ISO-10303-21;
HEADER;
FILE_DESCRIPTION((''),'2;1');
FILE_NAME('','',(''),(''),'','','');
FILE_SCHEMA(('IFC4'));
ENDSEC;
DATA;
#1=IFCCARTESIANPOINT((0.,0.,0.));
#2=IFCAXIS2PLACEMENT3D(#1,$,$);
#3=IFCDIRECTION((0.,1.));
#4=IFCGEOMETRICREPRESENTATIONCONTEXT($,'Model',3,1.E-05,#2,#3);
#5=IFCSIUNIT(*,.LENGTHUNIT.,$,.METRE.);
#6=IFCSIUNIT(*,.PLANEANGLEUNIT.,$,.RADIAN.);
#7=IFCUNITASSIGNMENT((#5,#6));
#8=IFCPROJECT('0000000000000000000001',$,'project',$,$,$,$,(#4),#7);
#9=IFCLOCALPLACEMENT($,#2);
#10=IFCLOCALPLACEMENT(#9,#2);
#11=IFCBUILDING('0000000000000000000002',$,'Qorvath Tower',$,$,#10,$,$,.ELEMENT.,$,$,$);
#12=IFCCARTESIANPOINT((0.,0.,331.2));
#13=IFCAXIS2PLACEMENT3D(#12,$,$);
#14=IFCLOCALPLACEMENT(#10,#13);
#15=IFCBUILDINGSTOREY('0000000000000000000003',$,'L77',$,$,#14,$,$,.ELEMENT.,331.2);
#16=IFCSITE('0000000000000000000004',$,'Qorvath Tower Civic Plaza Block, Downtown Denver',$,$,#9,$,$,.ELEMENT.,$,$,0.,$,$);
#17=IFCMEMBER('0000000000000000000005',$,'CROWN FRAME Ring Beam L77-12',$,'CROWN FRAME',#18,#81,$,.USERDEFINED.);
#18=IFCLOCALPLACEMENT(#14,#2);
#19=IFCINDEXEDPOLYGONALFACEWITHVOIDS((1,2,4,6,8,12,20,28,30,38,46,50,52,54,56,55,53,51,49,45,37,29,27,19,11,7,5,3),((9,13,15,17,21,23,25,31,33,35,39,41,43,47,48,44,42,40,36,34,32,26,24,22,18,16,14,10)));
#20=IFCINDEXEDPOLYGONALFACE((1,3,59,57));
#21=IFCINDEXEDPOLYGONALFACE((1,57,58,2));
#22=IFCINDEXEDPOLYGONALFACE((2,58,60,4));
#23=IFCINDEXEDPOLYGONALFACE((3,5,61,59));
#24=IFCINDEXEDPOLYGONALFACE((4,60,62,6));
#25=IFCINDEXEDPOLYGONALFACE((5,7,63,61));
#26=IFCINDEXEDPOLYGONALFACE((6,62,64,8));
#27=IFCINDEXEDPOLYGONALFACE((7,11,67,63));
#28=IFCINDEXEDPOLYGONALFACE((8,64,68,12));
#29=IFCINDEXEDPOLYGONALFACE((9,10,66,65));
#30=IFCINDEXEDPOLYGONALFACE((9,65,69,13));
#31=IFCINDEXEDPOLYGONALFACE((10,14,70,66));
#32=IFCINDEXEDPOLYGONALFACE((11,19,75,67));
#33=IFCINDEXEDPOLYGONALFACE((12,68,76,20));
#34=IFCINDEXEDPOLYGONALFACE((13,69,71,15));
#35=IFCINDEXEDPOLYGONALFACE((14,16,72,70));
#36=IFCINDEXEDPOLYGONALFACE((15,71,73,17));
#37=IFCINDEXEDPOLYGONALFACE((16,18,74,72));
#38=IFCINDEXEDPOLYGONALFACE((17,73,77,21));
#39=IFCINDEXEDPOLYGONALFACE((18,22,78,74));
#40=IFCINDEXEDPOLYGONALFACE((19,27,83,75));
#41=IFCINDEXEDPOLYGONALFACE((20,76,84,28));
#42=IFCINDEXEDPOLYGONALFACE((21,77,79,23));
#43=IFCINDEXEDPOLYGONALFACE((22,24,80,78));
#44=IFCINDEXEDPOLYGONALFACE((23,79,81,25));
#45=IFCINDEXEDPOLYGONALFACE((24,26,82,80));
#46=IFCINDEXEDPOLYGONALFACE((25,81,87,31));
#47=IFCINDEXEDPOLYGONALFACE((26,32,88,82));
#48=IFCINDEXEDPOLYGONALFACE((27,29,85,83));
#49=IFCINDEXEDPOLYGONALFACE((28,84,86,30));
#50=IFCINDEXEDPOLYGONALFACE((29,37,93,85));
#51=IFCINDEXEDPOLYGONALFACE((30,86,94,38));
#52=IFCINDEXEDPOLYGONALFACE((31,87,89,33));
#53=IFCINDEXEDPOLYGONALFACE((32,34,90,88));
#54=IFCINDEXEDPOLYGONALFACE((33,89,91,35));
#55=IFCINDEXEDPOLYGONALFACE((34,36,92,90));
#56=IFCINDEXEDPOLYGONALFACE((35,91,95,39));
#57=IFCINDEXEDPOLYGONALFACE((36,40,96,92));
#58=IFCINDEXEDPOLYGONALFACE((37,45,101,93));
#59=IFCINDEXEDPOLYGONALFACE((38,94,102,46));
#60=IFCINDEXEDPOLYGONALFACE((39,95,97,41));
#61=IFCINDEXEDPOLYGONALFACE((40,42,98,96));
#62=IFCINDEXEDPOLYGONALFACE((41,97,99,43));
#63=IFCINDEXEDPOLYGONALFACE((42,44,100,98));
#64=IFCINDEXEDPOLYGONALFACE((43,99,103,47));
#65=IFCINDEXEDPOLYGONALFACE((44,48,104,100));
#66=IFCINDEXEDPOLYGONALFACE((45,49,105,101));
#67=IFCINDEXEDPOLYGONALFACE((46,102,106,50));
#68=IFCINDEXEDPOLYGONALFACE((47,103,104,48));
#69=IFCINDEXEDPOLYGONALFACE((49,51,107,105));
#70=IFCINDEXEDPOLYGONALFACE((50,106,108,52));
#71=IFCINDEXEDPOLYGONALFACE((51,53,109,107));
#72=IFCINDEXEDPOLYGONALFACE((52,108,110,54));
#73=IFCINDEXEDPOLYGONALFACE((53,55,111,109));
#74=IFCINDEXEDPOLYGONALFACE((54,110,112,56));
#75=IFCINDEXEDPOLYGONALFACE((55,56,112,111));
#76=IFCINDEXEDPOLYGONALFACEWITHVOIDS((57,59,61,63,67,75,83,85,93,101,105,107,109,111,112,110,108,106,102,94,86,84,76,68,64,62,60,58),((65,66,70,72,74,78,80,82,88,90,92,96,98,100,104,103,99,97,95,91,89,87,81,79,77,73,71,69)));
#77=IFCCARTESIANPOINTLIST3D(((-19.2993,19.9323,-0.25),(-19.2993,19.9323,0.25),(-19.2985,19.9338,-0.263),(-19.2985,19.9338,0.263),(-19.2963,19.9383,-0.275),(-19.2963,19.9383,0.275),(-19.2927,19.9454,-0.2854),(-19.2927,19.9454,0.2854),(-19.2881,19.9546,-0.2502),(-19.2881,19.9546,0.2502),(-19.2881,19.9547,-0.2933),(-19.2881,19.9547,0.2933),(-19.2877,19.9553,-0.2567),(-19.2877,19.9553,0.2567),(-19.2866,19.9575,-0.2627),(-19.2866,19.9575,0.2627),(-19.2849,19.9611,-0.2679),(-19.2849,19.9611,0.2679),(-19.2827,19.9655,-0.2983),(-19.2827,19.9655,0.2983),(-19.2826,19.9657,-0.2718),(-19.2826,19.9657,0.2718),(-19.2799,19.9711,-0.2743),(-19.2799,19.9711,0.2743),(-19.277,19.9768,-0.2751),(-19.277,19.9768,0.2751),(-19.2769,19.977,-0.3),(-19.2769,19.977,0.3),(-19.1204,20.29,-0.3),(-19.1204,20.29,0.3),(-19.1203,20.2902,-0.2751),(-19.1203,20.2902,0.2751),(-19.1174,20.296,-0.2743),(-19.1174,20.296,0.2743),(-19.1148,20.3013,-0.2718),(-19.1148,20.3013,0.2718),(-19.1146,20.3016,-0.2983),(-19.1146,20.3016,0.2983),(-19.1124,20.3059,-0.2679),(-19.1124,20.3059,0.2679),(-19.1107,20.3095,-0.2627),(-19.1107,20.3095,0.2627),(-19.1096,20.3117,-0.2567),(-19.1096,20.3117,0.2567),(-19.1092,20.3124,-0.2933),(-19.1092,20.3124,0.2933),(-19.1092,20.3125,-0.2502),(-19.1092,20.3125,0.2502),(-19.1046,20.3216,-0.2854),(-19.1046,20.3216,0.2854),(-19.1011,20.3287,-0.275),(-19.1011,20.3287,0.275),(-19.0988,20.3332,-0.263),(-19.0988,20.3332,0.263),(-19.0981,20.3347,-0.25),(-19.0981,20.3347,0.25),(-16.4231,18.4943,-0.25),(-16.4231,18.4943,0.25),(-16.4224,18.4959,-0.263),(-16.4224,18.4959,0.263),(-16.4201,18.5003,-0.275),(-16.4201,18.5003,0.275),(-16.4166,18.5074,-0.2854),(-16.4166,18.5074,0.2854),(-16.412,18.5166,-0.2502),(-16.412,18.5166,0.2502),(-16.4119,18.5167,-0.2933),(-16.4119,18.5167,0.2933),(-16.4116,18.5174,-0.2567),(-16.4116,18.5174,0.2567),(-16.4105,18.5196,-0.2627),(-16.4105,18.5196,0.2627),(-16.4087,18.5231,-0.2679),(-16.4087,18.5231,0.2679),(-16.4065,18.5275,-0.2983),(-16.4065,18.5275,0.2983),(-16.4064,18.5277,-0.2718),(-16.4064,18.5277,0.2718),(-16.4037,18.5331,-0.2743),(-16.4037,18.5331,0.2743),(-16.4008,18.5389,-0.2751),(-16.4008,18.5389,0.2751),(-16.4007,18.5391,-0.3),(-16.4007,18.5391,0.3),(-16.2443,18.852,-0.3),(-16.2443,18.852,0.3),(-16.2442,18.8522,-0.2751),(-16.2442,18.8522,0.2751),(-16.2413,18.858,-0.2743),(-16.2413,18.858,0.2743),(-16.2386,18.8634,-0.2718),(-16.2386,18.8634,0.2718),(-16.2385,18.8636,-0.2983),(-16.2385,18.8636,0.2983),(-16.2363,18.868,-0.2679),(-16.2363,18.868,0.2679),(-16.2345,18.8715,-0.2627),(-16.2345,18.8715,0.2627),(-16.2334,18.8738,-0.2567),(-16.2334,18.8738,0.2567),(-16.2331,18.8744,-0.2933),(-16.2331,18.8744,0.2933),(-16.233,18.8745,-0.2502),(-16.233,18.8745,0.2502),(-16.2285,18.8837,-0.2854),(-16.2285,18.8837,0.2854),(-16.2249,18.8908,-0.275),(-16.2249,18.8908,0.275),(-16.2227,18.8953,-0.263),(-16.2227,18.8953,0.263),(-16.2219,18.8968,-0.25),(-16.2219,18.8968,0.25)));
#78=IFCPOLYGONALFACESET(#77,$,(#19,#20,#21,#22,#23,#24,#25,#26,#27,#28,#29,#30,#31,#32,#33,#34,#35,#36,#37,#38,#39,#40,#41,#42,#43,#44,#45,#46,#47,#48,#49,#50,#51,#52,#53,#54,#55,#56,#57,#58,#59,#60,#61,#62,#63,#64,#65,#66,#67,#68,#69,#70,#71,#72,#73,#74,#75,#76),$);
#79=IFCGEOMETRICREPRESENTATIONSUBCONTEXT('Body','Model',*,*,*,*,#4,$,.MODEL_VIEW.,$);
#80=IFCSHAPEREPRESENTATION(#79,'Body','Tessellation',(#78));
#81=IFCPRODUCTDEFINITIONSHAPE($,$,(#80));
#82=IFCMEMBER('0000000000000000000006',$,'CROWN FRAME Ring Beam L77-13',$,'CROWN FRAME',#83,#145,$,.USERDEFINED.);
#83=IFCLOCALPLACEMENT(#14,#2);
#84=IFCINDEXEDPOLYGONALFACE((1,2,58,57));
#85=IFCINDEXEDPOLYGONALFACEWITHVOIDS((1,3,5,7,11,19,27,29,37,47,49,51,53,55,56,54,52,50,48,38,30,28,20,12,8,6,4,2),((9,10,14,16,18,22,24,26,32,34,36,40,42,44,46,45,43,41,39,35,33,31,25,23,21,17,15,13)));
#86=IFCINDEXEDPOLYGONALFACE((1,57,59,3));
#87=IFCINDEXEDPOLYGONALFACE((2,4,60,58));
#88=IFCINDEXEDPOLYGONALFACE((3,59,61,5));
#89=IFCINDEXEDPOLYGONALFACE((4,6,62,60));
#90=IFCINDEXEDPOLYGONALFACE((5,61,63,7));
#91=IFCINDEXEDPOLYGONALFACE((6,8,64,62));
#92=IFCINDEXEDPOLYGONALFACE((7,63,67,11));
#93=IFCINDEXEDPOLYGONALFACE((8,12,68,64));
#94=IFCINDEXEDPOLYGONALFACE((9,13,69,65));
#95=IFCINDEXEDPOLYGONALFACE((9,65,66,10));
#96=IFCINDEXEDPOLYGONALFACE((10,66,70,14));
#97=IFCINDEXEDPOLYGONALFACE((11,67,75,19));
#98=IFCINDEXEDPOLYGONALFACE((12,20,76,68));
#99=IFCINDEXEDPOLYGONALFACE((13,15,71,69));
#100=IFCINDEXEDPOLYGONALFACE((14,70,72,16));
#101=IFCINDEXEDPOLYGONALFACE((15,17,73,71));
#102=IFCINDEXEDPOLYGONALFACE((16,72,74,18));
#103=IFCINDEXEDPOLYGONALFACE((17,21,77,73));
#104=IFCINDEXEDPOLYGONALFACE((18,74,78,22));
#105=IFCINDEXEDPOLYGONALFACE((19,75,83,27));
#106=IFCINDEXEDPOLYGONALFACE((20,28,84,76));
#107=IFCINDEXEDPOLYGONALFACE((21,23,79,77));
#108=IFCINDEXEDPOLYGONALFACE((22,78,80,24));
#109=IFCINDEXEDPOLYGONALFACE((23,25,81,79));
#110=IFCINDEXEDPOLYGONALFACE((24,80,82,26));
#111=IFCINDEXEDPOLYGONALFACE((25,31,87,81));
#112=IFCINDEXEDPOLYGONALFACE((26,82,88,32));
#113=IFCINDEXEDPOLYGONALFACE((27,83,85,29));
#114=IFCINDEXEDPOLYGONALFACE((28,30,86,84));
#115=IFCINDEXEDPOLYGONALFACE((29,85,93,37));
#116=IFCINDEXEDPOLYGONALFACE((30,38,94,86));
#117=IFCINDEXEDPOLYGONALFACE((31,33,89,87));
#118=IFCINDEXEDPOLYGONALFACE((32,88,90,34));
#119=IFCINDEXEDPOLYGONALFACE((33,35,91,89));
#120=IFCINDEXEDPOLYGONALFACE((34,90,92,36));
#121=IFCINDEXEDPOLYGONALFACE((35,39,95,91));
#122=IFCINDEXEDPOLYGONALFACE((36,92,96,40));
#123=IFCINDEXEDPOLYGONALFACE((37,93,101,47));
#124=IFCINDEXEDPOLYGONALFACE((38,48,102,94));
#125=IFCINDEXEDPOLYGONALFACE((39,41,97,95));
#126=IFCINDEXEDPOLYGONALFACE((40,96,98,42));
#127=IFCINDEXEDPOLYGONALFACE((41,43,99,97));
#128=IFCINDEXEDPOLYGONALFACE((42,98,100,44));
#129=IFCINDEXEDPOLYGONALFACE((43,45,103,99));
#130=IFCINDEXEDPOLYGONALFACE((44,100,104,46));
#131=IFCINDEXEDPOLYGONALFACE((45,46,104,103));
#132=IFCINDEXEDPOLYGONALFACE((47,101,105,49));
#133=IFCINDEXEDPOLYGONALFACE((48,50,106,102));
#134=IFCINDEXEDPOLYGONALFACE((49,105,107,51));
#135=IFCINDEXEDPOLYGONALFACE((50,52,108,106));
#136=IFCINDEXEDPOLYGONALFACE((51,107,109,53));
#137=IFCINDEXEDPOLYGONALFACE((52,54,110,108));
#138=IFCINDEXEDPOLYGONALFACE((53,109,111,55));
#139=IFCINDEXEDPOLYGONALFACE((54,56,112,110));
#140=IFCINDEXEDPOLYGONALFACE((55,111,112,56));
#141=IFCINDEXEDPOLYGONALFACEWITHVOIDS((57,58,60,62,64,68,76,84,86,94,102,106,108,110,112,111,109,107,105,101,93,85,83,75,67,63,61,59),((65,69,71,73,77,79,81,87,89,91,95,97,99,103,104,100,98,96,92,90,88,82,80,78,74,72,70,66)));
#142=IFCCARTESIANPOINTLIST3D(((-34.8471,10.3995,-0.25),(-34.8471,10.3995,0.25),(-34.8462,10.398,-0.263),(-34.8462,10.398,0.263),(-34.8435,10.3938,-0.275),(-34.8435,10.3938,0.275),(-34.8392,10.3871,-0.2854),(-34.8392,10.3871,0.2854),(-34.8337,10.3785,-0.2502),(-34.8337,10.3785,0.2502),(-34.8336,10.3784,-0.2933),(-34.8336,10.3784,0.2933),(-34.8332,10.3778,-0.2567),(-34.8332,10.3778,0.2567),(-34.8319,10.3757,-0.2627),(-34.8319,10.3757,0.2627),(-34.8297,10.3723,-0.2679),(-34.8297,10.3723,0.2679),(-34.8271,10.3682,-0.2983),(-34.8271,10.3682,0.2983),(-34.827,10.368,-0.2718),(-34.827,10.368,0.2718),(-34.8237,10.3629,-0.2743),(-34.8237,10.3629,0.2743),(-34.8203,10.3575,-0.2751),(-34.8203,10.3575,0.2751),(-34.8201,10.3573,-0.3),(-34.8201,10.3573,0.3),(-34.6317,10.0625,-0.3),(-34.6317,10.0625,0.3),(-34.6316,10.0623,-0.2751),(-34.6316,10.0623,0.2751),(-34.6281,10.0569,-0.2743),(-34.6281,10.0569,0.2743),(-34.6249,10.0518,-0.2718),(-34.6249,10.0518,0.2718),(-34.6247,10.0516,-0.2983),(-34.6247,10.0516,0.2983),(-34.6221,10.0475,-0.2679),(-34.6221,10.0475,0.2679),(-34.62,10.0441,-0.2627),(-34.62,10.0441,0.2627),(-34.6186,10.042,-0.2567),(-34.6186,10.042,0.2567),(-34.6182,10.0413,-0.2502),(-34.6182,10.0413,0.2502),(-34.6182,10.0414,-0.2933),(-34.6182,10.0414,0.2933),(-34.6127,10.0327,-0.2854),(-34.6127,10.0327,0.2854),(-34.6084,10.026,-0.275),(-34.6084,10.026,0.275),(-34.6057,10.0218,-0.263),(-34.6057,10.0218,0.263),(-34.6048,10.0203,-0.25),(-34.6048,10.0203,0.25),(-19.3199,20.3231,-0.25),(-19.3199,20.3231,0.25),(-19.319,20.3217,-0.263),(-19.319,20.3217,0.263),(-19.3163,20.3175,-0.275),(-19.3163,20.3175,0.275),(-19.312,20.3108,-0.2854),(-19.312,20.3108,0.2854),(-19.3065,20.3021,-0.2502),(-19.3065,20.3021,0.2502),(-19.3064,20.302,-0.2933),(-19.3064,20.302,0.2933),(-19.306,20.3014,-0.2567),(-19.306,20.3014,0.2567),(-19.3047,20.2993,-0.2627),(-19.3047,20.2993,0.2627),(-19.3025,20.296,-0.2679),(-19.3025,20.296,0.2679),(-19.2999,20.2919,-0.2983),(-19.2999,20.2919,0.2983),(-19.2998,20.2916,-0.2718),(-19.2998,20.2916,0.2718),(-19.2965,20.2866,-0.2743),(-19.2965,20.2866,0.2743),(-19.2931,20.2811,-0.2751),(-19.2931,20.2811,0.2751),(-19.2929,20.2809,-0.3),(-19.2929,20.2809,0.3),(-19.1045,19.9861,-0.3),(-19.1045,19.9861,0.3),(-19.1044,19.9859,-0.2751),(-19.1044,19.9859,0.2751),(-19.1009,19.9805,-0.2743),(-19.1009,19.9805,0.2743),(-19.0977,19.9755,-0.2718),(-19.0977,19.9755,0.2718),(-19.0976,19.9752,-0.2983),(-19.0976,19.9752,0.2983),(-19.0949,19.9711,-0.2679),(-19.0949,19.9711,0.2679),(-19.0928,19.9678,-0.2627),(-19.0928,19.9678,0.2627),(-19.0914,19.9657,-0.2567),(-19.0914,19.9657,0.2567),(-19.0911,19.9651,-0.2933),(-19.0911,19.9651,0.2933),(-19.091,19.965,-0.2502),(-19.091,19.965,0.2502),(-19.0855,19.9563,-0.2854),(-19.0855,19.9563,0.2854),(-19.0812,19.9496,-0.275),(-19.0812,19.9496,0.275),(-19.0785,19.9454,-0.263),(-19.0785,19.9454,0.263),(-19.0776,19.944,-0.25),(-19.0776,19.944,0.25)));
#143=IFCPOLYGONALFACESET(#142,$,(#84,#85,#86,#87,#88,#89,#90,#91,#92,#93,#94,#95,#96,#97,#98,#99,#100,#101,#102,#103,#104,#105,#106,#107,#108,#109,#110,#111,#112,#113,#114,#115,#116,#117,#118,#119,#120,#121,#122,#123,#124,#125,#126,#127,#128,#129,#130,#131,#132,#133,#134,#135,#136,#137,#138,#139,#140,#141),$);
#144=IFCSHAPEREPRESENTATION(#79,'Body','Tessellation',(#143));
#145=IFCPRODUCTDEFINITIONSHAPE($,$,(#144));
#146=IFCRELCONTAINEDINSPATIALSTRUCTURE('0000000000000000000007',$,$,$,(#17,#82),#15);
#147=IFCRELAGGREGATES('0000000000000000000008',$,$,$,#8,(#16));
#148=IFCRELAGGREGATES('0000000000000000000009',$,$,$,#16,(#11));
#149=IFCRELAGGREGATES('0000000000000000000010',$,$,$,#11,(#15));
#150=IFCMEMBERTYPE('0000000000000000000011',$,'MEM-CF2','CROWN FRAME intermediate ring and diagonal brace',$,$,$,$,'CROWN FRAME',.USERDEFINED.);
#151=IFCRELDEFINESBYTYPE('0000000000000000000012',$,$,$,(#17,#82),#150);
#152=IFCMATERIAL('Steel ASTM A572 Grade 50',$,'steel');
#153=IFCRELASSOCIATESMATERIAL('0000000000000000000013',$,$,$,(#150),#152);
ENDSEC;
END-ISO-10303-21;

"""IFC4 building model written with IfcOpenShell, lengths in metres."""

from ifc_helpers import new_model, si_unit, direction, frame, origin, origin_2d, place, context, subcontext, project, spatial, hollow_rectangle, extrude, material, material_profile, profile_set, type_object, element, save


model = new_model("IFC4")

# Units and contexts
model_context = context("Model", 3, precision=1e-05, world=origin(), true_north=direction((0.0, 1.0)))
body_context = subcontext(model_context, "Body", "Model", "MODEL_VIEW")
ifc_project = project(units=[si_unit("LENGTHUNIT", "METRE"), si_unit("PLANEANGLEUNIT", "RADIAN")], contexts=[model_context])

# Site, building, storey
site_placement = place(None, origin())
site = spatial("IfcSite", under=ifc_project, at=site_placement, Name="Qorvath Tower Civic Plaza Block, Downtown Denver", CompositionType="ELEMENT", RefElevation=0.0)
building_placement = place(site_placement, origin())
building = spatial("IfcBuilding", under=site, at=building_placement, Name="Qorvath Tower", CompositionType="ELEMENT")
storey_placement = place(building_placement, frame((0.0, 0.0, 331.2)))
storey = spatial("IfcBuildingStorey", under=building, at=storey_placement, Name="L77", CompositionType="ELEMENT", Elevation=331.2)

# Members
ifc_material_1 = material(Name="Steel ASTM A572 Grade 50", Category="steel")
ifc_material_profile_1 = material_profile(ifc_material_1, hollow_rectangle(XDim=0.45, YDim=0.6001, WallThickness=0.0249, InnerFilletRadius=0.0249, OuterFilletRadius=0.05, at=origin_2d()), Name="CROWN BOX 600x450x25")
ifc_profile_set_1 = profile_set([ifc_material_profile_1], Name="Steel ASTM A572 Grade 50")
member_type_1 = type_object("IfcMemberType", Name="MEM-CF2", Description="CROWN FRAME intermediate ring and diagonal brace", ElementType="CROWN FRAME", PredefinedType="USERDEFINED", material=ifc_profile_set_1)
member_1_placement = place(storey_placement, frame((-16.3225, 18.6956, 0.0), z_axis=(-0.894442, 0.447183, 0.0), x_axis=(-0.447183, -0.894442, 0.0)))
element("IfcMember", 1, at=member_1_placement, inside=storey, type_object=member_type_1, Name="CROWN FRAME Ring Beam L77-12", ObjectType="CROWN FRAME", PredefinedType="USERDEFINED", context=body_context, shape_type="SweptSolid", body=[
    extrude(hollow_rectangle(XDim=0.45, YDim=0.6001, WallThickness=0.0249, InnerFilletRadius=0.0249, OuterFilletRadius=0.05, at=origin_2d()), origin(), (0.0, 0.0, 1.0), 3.2156),
])
member_2_placement = place(storey_placement, frame((-19.1987, 20.1335, 0.0), z_axis=(-0.84261, -0.538524, 0.0), x_axis=(0.538524, -0.84261, 0.0)))
element("IfcMember", 2, at=member_2_placement, inside=storey, type_object=member_type_1, Name="CROWN FRAME Ring Beam L77-13", ObjectType="CROWN FRAME", PredefinedType="USERDEFINED", context=body_context, shape_type="SweptSolid", body=[
    extrude(hollow_rectangle(XDim=0.45, YDim=0.6001, WallThickness=0.0249, InnerFilletRadius=0.0249, OuterFilletRadius=0.05, at=origin_2d()), origin(), (0.0, 0.0, 1.0), 18.4275),
])

save(model, "model.ifc")
